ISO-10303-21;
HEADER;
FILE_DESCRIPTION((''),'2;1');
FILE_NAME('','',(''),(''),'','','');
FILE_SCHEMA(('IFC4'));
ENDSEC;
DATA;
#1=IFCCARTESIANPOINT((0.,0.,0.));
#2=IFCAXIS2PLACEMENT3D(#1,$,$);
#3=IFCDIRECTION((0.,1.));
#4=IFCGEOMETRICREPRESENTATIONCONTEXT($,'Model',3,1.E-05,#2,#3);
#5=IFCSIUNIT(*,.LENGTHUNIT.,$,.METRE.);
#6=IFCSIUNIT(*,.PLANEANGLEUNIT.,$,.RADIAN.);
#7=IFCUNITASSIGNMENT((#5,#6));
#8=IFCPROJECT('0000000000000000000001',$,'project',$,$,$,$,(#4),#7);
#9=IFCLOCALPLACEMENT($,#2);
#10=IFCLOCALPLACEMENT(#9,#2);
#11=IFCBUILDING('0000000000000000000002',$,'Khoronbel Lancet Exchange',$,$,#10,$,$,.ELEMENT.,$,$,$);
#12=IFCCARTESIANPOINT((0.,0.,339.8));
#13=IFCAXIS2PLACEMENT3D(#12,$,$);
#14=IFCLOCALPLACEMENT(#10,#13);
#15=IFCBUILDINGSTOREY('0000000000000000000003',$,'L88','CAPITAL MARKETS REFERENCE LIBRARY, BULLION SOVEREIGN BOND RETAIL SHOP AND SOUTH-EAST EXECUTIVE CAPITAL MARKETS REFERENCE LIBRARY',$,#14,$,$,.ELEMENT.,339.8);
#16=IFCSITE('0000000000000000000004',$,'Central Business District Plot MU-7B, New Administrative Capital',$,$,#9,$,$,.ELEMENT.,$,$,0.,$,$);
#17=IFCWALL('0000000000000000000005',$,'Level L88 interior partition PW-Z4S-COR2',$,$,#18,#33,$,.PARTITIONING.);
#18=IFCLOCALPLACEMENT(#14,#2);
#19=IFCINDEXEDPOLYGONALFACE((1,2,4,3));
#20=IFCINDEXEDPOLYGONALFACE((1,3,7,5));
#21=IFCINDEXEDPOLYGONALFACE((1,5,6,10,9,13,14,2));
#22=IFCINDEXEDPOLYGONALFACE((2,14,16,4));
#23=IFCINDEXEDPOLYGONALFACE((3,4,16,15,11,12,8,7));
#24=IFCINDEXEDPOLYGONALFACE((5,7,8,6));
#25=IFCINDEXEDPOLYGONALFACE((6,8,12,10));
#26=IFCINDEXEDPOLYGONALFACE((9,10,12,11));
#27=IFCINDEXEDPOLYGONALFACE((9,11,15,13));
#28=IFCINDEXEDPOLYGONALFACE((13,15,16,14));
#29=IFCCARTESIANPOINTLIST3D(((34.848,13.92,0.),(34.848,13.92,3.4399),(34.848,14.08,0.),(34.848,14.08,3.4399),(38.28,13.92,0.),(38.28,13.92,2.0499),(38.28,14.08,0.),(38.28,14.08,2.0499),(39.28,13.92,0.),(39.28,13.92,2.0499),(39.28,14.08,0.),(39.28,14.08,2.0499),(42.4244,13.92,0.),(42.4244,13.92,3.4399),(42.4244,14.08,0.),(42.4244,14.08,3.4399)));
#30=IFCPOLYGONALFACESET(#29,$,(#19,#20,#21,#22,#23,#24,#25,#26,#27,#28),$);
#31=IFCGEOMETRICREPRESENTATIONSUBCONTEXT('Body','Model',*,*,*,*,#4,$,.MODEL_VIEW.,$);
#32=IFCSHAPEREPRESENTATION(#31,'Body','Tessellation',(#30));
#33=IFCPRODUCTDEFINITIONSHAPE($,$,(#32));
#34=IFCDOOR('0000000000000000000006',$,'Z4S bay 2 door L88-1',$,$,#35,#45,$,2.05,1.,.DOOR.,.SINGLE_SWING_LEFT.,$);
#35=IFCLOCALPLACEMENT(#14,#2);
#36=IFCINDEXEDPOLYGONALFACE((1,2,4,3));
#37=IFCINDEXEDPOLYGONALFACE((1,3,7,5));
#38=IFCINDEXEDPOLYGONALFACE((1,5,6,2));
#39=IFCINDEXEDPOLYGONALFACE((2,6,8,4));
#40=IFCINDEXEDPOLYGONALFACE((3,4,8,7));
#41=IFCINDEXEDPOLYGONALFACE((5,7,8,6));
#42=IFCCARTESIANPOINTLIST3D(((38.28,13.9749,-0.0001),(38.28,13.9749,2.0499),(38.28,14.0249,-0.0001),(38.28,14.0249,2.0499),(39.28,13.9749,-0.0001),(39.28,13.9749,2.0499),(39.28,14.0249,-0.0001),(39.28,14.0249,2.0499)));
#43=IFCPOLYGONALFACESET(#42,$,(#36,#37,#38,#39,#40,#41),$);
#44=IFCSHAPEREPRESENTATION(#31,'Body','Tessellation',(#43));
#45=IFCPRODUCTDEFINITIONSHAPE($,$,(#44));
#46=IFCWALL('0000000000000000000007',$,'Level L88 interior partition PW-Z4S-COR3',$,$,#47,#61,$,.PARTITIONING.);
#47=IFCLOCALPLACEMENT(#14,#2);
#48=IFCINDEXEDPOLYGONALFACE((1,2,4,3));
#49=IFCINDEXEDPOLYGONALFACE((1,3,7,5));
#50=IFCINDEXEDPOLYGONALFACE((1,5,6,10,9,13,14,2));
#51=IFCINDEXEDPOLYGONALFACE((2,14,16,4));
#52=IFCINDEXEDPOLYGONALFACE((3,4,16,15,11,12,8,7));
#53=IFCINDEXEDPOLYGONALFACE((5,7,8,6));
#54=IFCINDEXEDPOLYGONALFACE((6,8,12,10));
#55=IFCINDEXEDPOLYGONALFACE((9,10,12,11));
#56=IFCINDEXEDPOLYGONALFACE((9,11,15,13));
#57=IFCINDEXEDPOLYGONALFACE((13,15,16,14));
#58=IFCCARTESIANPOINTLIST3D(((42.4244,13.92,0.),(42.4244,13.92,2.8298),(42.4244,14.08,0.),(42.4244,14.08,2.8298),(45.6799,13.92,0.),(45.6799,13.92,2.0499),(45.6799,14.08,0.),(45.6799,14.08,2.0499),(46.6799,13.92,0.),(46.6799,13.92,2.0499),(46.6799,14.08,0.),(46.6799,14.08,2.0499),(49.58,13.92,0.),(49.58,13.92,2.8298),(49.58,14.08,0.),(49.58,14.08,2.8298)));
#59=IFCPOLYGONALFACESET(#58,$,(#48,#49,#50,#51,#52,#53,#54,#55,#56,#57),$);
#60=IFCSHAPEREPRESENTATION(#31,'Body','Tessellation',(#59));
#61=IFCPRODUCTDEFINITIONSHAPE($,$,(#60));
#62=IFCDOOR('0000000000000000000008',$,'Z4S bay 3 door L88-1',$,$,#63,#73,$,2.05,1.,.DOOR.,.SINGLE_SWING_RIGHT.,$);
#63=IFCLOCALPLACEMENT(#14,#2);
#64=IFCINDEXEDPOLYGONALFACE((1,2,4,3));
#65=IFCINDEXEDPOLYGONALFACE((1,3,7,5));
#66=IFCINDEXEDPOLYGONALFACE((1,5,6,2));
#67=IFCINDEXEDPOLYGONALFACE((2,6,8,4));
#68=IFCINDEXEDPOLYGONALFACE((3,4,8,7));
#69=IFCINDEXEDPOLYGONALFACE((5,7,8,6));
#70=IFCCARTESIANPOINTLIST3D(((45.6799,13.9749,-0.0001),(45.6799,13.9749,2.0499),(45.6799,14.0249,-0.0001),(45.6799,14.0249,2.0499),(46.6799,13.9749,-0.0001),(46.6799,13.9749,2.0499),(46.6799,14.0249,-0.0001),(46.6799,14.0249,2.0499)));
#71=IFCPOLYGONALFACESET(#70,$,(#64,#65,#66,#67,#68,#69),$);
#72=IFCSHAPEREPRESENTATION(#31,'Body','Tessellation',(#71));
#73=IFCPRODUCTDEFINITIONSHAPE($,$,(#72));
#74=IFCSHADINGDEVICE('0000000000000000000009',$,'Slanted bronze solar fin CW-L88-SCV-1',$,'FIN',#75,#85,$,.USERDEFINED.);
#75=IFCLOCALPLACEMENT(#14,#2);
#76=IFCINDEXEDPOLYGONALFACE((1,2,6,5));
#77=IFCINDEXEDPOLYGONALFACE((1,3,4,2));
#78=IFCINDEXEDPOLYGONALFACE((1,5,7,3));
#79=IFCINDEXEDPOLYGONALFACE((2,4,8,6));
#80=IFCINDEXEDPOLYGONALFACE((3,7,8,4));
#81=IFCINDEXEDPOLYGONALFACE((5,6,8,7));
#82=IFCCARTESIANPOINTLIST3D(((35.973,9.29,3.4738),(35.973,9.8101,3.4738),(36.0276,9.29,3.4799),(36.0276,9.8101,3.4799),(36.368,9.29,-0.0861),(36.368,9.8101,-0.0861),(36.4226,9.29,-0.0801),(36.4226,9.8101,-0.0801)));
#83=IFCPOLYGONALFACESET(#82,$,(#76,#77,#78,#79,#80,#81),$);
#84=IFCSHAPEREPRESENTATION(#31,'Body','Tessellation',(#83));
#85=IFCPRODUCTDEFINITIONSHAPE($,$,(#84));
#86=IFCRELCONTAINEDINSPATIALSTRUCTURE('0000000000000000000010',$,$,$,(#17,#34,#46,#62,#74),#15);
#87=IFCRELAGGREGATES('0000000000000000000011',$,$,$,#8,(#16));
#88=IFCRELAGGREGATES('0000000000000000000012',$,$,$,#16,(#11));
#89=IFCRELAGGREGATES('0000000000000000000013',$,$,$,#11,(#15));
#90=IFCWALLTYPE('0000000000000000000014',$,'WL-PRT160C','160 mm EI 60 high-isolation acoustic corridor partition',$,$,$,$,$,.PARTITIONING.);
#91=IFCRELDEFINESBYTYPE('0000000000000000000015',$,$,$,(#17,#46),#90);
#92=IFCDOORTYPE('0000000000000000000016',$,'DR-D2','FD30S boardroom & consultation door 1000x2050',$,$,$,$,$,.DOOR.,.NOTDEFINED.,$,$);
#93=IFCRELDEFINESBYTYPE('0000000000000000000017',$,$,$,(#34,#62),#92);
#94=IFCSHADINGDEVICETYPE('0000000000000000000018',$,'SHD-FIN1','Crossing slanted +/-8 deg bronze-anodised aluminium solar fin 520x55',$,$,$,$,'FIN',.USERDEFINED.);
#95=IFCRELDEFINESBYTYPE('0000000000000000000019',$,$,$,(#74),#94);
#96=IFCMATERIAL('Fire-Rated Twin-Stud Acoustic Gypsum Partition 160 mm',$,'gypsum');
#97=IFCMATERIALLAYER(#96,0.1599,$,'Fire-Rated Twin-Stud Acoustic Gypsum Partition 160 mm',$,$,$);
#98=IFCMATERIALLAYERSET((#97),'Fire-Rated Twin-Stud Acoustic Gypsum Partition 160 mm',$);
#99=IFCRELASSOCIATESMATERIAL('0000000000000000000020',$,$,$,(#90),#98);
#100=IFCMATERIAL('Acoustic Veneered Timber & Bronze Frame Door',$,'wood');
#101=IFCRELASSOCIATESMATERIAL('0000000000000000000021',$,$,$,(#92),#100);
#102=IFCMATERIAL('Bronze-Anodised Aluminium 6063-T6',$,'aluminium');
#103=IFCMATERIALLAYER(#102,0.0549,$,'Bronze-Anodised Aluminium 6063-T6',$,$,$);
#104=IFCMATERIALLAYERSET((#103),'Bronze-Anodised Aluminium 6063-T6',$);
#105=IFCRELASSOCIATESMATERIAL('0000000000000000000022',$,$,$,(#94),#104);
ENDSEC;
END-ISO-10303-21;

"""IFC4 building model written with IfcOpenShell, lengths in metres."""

from ifc_helpers import new_model, si_unit, direction, frame, frame_2d, origin, place, context, subcontext, project, spatial, polyline, rectangle, outline, extrude, material, layer, layer_set, type_object, element, fill, save


model = new_model("IFC4")

# Units and contexts
model_context = context("Model", 3, precision=1e-05, world=origin(), true_north=direction((0.0, 1.0)))
body_context = subcontext(model_context, "Body", "Model", "MODEL_VIEW")
ifc_project = project(units=[si_unit("LENGTHUNIT", "METRE"), si_unit("PLANEANGLEUNIT", "RADIAN")], contexts=[model_context])

# Site, building, storey
site_placement = place(None, origin())
site = spatial("IfcSite", under=ifc_project, at=site_placement, Name="Central Business District Plot MU-7B, New Administrative Capital", CompositionType="ELEMENT", RefElevation=0.0)
building_placement = place(site_placement, origin())
building = spatial("IfcBuilding", under=site, at=building_placement, Name="Khoronbel Lancet Exchange", CompositionType="ELEMENT")
storey_placement = place(building_placement, frame((0.0, 0.0, 339.8)))
storey = spatial("IfcBuildingStorey", under=building, at=storey_placement, Name="L88", Description="CAPITAL MARKETS REFERENCE LIBRARY, BULLION SOVEREIGN BOND RETAIL SHOP AND SOUTH-EAST EXECUTIVE CAPITAL MARKETS REFERENCE LIBRARY", CompositionType="ELEMENT", Elevation=339.8)

# Shared definitions
ifc_material_1 = material(Name="Bronze-Anodised Aluminium 6063-T6", Category="aluminium")

# Walls, openings, doors
ifc_material_2 = material(Name="Fire-Rated Twin-Stud Acoustic Gypsum Partition 160 mm", Category="gypsum")
ifc_layer_1 = layer(ifc_material_2, 0.1599, Name="Fire-Rated Twin-Stud Acoustic Gypsum Partition 160 mm")
ifc_layer_set_1 = layer_set([ifc_layer_1], Name="Fire-Rated Twin-Stud Acoustic Gypsum Partition 160 mm")
wall_type_1 = type_object("IfcWallType", Name="WL-PRT160C", Description="160 mm EI 60 high-isolation acoustic corridor partition", PredefinedType="PARTITIONING", material=ifc_layer_set_1)
ifc_material_3 = material(Name="Acoustic Veneered Timber & Bronze Frame Door", Category="wood")
door_type = type_object("IfcDoorType", Name="DR-D2", Description="FD30S boardroom & consultation door 1000x2050", OperationType="NOTDEFINED", PredefinedType="DOOR", material=ifc_material_3)
wall_1_placement = place(storey_placement, frame((34.8481, 14.0, 0.0), z_axis=(0.0, 0.0, 1.0), x_axis=(1.0, 0.0, 0.0)))
wall_1 = element("IfcWall", 1, at=wall_1_placement, inside=storey, type_object=wall_type_1, Name="Level L88 interior partition PW-Z4S-COR2", PredefinedType="PARTITIONING", context=body_context, shape_type="SweptSolid", body=[
    extrude(rectangle(XDim=7.5764, YDim=0.1599, at=frame_2d((3.7881, 0.0))), origin(), (0.0, 0.0, 1.0), 3.4399),
])
opening_1_placement = place(wall_1_placement, frame((3.4319, 0.0, 0.0)))
opening_1 = element("IfcOpeningElement", 2, at=opening_1_placement, cuts=wall_1, PredefinedType="OPENING", context=body_context, shape_type="SweptSolid", body=[
    extrude(rectangle(XDim=1.0, YDim=2.05, at=frame_2d((0.5, 1.0249))), frame((0.0, 0.0898, 0.0), z_axis=(0.0, -1.0, 0.0), x_axis=(1.0, 0.0, 0.0)), (0.0, 0.0, 1.0), 0.1799),
])
door_1_placement = place(opening_1_placement, origin())
door_1 = element("IfcDoor", 3, at=door_1_placement, inside=storey, type_object=door_type, Name="Z4S bay 2 door L88-1", OperationType="SINGLE_SWING_LEFT", OverallHeight=2.05, OverallWidth=1.0, PredefinedType="DOOR", context=body_context, shape_type="SweptSolid", body=[
    extrude(rectangle(XDim=1.0, YDim=2.05, at=frame_2d((0.5, 1.0249))), frame((0.0, 0.0249, 0.0), z_axis=(0.0, -1.0, 0.0), x_axis=(1.0, 0.0, 0.0)), (0.0, 0.0, 1.0), 0.05),
])
fill(opening_1, door_1)
wall_2_placement = place(storey_placement, frame((42.4246, 14.0, 0.0), z_axis=(0.0, 0.0, 1.0), x_axis=(1.0, 0.0, 0.0)))
wall_2 = element("IfcWall", 4, at=wall_2_placement, inside=storey, type_object=wall_type_1, Name="Level L88 interior partition PW-Z4S-COR3", PredefinedType="PARTITIONING", context=body_context, shape_type="SweptSolid", body=[
    extrude(rectangle(XDim=7.1555, YDim=0.1599, at=frame_2d((3.5776, 0.0))), origin(), (0.0, 0.0, 1.0), 2.8298),
])
opening_2_placement = place(wall_2_placement, frame((3.2554, 0.0, 0.0)))
opening_2 = element("IfcOpeningElement", 5, at=opening_2_placement, cuts=wall_2, PredefinedType="OPENING", context=body_context, shape_type="SweptSolid", body=[
    extrude(rectangle(XDim=1.0, YDim=2.05, at=frame_2d((0.5, 1.0249))), frame((0.0, 0.0898, 0.0), z_axis=(0.0, -1.0, 0.0), x_axis=(1.0, 0.0, 0.0)), (0.0, 0.0, 1.0), 0.1799),
])
door_2_placement = place(opening_2_placement, origin())
door_2 = element("IfcDoor", 6, at=door_2_placement, inside=storey, type_object=door_type, Name="Z4S bay 3 door L88-1", OperationType="SINGLE_SWING_RIGHT", OverallHeight=2.05, OverallWidth=1.0, PredefinedType="DOOR", context=body_context, shape_type="SweptSolid", body=[
    extrude(rectangle(XDim=1.0, YDim=2.05, at=frame_2d((0.5, 1.0249))), frame((0.0, 0.0249, 0.0), z_axis=(0.0, -1.0, 0.0), x_axis=(1.0, 0.0, 0.0)), (0.0, 0.0, 1.0), 0.05),
])
fill(opening_2, door_2)

# Shading device
ifc_layer_2 = layer(ifc_material_1, 0.0549, Name="Bronze-Anodised Aluminium 6063-T6")
ifc_layer_set_2 = layer_set([ifc_layer_2], Name="Bronze-Anodised Aluminium 6063-T6")
shading_device_type = type_object("IfcShadingDeviceType", Name="SHD-FIN1", Description="Crossing slanted +/-8 deg bronze-anodised aluminium solar fin 520x55", ElementType="FIN", PredefinedType="USERDEFINED", material=ifc_layer_set_2)
shading_device_placement = place(storey_placement, frame((36.4226, 9.8101, -0.0801), z_axis=(0.9939, 0.0, 0.110282), x_axis=(0.0, -1.0, 0.0)))
element("IfcShadingDevice", 7, at=shading_device_placement, inside=storey, type_object=shading_device_type, Name="Slanted bronze solar fin CW-L88-SCV-1", ObjectType="FIN", PredefinedType="USERDEFINED", context=body_context, shape_type="SweptSolid", body=[
    extrude(outline(polyline([(0.0, 0.0), (0.52, 0.0), (0.52, -3.5818), (0.0, -3.5818), (0.0, 0.0)])), origin(), (0.0, 0.0, -1.0), 0.0549),
])

save(model, "model.ifc")
